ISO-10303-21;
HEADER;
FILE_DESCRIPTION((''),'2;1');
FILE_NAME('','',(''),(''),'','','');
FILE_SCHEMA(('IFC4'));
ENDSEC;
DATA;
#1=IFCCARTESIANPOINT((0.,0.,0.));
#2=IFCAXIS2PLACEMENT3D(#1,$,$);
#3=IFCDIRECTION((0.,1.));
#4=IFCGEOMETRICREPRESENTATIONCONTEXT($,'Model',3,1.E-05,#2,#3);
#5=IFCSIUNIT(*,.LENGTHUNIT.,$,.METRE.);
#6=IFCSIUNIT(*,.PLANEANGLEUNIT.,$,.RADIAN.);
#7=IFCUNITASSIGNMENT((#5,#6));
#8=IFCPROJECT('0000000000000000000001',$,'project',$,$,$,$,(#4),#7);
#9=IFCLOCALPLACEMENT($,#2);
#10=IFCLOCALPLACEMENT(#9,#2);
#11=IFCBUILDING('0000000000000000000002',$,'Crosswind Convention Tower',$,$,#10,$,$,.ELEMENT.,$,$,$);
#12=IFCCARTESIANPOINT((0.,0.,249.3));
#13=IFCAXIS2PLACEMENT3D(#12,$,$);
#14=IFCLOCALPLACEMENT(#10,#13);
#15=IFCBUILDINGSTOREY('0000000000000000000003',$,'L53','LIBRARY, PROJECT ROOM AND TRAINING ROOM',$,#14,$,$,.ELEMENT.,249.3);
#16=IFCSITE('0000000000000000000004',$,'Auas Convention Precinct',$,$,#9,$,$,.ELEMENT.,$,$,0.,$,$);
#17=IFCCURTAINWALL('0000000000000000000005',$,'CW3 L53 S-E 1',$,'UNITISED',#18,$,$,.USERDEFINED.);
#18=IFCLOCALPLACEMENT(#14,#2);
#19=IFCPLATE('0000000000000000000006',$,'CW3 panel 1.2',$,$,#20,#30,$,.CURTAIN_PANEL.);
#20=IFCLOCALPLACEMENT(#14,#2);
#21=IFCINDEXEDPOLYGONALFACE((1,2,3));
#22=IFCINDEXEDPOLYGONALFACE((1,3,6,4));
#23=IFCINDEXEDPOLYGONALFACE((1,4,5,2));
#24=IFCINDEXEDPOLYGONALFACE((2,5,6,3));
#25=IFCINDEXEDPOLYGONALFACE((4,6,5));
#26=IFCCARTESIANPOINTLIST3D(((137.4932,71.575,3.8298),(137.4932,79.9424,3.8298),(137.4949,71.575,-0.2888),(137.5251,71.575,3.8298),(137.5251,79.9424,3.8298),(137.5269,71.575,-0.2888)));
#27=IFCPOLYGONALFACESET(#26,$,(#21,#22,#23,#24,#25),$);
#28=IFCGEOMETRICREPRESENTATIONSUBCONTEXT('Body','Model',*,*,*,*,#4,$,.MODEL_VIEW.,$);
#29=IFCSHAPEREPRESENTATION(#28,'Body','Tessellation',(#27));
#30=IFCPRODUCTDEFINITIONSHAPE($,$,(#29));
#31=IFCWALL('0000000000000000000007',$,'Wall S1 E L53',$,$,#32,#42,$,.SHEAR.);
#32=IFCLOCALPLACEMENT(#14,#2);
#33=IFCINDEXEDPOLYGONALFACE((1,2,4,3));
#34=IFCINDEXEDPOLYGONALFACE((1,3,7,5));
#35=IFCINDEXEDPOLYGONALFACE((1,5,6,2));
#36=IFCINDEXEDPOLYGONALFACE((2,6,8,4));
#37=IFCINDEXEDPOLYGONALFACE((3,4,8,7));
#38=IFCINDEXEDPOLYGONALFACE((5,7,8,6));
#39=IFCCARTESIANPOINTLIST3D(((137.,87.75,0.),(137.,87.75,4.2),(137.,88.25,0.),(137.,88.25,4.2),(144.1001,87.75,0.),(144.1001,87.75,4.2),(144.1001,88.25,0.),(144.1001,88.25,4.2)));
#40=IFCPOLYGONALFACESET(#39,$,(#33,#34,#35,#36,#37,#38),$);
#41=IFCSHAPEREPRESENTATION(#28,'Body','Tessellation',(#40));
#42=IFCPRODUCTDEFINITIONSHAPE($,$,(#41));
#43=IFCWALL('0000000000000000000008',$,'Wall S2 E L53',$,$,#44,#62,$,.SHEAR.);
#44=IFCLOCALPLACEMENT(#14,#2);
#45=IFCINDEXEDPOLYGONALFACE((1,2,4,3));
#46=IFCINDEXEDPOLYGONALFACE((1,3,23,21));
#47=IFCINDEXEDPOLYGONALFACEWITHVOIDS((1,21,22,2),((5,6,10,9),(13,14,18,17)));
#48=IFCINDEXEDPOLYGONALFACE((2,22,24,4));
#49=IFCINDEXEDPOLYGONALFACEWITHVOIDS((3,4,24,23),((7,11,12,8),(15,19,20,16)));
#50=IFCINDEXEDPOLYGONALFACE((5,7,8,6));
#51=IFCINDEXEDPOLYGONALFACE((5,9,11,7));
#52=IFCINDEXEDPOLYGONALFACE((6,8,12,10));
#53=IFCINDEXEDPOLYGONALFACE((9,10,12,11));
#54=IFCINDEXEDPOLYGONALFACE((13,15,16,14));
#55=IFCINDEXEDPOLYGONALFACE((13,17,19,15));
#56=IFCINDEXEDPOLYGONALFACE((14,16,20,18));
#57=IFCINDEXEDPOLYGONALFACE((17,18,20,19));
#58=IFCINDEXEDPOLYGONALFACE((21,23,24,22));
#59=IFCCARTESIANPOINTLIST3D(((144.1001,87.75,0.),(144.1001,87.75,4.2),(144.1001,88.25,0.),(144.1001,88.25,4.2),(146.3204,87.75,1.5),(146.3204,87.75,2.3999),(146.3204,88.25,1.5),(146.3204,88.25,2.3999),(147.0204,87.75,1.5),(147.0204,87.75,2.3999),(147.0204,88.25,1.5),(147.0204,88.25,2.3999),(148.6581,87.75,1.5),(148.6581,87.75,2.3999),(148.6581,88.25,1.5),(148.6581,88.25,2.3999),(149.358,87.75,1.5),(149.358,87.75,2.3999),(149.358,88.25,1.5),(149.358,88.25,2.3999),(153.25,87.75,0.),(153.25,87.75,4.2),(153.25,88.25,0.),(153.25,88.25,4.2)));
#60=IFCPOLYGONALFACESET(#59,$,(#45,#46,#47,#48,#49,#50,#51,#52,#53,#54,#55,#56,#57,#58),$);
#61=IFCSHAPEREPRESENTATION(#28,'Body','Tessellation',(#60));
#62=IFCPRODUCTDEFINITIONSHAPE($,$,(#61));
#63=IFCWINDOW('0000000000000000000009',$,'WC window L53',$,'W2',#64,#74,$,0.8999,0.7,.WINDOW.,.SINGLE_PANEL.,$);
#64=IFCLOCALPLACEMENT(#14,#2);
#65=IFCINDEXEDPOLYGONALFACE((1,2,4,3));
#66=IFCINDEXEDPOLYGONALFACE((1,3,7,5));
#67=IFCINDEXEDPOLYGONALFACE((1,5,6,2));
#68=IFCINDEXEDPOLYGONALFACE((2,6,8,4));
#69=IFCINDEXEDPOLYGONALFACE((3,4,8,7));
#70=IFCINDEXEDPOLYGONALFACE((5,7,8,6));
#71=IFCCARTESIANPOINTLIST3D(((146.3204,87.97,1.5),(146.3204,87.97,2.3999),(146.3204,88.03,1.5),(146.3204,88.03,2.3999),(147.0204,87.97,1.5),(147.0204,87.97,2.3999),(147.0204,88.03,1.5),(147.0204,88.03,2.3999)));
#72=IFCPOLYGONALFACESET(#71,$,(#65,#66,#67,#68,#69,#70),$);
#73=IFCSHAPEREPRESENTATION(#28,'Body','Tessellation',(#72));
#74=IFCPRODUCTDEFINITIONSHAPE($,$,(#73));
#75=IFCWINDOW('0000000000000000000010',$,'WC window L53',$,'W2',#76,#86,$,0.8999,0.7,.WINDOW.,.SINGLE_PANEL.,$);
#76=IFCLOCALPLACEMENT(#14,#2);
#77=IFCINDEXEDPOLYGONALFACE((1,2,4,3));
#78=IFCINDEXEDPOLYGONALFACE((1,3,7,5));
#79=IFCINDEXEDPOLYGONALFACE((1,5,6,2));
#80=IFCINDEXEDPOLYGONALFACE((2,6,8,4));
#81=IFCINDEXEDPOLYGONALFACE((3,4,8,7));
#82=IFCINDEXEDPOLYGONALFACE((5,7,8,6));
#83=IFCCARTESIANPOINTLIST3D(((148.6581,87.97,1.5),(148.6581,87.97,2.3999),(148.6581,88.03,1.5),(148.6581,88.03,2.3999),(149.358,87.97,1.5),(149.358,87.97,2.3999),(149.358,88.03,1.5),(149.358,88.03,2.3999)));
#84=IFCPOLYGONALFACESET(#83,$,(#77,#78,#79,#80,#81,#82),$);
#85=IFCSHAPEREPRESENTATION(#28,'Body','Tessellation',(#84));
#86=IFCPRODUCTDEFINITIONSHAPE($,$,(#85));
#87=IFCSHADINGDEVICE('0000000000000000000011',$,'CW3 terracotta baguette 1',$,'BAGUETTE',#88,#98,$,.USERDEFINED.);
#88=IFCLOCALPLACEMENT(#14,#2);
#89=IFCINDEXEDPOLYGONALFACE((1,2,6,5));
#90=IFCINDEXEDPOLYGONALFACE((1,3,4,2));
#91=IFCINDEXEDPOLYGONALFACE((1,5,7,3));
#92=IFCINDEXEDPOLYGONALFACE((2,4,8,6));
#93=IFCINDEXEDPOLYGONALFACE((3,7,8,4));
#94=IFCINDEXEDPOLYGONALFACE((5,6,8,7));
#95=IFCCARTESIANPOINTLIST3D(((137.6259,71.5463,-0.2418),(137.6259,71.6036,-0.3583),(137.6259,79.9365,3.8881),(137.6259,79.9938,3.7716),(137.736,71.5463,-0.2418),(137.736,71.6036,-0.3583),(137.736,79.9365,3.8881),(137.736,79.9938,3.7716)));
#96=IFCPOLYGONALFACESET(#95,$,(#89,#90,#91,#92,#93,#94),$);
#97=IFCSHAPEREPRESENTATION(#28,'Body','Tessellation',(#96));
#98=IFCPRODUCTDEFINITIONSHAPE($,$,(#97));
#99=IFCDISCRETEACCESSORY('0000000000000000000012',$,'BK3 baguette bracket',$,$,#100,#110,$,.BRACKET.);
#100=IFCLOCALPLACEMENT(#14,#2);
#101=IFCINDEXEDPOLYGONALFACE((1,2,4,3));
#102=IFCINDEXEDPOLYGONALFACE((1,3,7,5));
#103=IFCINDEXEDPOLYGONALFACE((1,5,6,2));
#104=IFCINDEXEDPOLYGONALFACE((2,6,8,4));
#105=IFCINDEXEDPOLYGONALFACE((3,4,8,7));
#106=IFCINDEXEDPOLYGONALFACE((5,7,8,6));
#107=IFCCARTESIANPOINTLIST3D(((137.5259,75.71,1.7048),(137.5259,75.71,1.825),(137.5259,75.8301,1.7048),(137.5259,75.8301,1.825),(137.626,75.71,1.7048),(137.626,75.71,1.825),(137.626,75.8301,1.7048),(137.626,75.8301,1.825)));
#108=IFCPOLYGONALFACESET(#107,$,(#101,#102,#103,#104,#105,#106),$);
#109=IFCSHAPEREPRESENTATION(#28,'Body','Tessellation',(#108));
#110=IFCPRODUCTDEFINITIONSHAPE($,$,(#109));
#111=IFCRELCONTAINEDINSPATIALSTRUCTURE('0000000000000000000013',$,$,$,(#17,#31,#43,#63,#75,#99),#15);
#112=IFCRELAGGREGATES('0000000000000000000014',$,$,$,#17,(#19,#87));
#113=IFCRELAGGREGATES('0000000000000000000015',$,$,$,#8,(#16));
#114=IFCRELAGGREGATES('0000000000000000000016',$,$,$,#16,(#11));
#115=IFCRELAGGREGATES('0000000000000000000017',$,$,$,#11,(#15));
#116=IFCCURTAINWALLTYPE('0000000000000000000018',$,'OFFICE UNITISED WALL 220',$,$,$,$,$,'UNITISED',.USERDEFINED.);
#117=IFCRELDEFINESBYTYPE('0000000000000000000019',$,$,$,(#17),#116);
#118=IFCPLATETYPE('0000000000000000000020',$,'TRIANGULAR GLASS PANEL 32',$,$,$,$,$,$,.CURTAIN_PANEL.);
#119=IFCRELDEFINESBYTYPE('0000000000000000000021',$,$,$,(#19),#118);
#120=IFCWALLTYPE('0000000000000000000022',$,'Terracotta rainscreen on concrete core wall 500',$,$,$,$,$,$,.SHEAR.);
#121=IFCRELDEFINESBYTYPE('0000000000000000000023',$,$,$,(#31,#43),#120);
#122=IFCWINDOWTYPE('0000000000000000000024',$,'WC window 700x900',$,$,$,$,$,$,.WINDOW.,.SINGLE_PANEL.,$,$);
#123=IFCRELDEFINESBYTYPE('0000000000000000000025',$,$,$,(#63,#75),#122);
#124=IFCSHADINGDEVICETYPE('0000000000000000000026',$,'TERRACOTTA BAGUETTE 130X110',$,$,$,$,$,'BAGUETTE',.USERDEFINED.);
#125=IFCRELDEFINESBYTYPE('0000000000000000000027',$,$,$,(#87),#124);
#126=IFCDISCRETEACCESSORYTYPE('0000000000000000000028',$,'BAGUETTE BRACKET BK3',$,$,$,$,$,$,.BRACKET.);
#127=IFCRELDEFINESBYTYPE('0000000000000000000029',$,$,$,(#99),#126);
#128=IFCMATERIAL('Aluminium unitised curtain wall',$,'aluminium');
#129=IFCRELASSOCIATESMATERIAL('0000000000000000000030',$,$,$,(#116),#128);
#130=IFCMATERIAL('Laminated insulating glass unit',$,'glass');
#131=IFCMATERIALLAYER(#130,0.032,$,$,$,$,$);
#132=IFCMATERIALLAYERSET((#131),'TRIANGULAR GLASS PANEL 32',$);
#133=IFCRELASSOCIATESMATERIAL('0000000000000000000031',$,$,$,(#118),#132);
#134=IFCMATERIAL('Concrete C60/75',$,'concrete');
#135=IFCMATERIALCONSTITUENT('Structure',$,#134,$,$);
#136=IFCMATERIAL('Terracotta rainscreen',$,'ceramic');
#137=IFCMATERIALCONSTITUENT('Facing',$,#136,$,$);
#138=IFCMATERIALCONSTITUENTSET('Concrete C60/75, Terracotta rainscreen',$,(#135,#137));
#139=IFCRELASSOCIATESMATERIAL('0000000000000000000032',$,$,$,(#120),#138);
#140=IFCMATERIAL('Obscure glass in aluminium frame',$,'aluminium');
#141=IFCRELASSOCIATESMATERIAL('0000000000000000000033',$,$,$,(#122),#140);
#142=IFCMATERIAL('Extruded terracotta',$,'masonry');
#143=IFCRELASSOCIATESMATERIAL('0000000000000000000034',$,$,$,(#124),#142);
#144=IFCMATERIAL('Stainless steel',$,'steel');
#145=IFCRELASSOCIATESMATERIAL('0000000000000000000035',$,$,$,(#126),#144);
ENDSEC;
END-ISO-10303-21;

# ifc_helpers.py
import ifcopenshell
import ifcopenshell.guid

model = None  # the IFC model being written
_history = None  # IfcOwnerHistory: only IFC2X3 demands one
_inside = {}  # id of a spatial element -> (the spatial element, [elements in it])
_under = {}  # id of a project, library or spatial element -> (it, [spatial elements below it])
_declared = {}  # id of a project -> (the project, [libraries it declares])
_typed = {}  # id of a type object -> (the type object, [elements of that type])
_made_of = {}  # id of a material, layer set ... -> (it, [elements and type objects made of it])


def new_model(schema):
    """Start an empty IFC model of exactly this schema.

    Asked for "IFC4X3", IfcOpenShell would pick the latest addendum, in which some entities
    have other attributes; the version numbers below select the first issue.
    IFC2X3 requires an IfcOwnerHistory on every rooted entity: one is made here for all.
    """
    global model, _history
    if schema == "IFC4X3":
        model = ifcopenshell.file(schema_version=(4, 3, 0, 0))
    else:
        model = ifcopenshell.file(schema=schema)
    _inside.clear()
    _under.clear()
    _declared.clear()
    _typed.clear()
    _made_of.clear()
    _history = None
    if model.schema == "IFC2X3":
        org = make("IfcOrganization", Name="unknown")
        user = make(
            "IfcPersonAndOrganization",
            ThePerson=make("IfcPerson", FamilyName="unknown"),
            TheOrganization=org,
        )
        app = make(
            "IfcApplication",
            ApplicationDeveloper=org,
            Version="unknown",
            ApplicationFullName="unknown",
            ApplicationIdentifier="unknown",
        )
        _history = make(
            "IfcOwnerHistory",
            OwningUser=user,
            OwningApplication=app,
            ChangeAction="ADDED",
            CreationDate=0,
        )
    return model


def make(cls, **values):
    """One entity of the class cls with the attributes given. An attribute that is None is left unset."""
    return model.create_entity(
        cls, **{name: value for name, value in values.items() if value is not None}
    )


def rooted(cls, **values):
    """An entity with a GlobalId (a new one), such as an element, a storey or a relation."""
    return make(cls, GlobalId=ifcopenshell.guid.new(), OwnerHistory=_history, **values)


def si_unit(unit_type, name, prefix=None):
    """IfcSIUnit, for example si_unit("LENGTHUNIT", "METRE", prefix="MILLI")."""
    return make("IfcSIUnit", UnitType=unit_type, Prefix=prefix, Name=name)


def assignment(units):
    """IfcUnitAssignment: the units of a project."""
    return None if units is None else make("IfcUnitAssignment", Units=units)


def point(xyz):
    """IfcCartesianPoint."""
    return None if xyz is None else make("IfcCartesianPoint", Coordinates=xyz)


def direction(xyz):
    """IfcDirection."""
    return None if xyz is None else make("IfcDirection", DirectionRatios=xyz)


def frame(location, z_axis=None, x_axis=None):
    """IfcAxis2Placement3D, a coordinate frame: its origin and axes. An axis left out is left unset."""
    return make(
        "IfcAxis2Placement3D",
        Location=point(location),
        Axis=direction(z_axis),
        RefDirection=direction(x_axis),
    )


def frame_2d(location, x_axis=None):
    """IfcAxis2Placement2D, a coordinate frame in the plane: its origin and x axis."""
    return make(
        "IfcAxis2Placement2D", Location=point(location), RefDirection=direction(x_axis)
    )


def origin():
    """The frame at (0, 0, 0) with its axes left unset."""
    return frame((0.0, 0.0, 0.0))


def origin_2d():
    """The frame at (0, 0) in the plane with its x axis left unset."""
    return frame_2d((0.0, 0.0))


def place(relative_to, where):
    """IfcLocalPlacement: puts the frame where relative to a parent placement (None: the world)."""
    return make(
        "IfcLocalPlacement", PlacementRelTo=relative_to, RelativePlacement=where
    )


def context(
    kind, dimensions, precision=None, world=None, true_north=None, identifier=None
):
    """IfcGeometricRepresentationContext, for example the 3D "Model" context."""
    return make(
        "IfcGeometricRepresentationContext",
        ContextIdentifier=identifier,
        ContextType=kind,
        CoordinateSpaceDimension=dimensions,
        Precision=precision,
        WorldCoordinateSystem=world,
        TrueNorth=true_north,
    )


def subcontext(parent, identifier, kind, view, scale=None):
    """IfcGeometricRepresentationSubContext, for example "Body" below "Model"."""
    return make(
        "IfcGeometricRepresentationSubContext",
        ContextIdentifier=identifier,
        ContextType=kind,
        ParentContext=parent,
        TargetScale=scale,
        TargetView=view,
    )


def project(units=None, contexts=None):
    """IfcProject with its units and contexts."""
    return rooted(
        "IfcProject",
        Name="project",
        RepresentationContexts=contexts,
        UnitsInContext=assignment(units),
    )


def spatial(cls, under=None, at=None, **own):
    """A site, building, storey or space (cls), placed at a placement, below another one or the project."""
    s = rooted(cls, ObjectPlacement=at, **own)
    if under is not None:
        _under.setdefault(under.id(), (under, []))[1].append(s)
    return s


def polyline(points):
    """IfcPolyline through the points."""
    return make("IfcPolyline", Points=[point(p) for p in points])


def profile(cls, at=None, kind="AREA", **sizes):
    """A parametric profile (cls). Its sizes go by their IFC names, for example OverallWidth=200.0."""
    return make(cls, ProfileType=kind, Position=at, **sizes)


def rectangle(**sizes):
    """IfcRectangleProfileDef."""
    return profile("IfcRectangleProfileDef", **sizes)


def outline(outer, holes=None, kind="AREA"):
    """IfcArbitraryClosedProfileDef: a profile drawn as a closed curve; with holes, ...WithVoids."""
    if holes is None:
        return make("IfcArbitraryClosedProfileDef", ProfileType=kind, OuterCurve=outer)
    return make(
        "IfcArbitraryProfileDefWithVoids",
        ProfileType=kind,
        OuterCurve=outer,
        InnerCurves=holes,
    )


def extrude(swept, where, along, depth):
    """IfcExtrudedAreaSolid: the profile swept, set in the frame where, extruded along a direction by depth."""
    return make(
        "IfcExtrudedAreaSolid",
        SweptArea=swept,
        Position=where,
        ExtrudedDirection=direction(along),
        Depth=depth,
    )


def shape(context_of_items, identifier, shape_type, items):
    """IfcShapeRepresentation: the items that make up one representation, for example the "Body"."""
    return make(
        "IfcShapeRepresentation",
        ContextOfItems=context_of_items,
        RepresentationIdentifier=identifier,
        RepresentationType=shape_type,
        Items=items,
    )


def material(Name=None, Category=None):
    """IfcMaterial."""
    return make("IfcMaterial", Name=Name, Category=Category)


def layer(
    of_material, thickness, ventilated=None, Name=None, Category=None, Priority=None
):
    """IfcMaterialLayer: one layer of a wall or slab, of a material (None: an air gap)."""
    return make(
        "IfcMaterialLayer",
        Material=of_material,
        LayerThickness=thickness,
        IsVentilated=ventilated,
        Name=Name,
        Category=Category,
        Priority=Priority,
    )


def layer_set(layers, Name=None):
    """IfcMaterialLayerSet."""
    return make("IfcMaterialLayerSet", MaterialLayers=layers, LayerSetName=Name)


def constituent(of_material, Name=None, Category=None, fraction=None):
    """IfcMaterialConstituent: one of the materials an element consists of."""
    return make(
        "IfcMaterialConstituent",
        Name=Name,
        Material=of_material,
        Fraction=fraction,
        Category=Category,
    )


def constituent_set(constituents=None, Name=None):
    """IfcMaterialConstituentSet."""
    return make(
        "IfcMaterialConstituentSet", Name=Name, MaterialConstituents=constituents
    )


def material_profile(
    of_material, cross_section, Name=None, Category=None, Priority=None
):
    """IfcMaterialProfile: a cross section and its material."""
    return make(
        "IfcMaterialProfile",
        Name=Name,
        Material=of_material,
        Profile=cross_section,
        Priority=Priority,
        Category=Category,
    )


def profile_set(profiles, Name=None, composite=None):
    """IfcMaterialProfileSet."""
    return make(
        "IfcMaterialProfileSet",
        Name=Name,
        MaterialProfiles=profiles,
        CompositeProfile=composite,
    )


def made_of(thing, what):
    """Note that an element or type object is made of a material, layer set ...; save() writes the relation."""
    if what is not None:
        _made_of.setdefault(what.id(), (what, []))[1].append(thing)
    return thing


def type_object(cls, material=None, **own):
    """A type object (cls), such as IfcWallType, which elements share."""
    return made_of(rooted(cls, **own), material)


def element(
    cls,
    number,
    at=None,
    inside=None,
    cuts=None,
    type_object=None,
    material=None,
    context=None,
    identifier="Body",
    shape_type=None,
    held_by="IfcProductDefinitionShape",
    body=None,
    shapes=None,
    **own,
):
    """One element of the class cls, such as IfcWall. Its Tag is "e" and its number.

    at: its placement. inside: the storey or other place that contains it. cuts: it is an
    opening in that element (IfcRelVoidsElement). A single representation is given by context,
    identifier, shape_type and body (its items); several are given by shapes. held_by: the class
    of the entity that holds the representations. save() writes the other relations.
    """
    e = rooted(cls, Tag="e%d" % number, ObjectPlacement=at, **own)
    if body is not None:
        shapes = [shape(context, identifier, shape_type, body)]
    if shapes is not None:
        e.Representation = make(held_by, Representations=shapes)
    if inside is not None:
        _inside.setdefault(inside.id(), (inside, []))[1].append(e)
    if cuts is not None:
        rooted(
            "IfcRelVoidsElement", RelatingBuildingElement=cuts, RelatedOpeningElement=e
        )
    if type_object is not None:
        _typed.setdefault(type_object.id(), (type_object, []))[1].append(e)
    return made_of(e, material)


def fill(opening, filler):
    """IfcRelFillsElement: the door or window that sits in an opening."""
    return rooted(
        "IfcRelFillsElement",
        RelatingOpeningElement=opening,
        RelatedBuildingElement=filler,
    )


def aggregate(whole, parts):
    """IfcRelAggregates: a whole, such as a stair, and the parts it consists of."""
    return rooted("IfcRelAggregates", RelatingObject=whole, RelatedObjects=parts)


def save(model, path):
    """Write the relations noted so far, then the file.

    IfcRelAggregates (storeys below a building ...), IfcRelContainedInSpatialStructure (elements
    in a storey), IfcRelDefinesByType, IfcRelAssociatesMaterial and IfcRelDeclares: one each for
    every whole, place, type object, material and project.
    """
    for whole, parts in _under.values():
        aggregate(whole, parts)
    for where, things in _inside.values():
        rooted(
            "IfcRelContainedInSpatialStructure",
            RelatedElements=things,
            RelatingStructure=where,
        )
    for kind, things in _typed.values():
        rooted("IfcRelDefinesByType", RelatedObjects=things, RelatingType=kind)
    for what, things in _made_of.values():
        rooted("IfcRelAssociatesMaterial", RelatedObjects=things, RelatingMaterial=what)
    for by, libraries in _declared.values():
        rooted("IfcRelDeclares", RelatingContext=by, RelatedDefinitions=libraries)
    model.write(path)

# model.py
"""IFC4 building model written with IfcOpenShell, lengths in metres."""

from ifc_helpers import new_model, si_unit, direction, frame, frame_2d, origin, origin_2d, place, context, subcontext, project, spatial, polyline, rectangle, outline, extrude, material, layer, layer_set, constituent, constituent_set, material_profile, profile_set, type_object, element, fill, aggregate, save


model = new_model("IFC4")

# Units and contexts
model_context = context("Model", 3, precision=1e-05, world=origin(), true_north=direction((0.0, 1.0)))
body_context = subcontext(model_context, "Body", "Model", "MODEL_VIEW")
ifc_project = project(units=[si_unit("LENGTHUNIT", "METRE"), si_unit("PLANEANGLEUNIT", "RADIAN")], contexts=[model_context])

# Site, building, storey
site_placement = place(None, origin())
site = spatial("IfcSite", under=ifc_project, at=site_placement, Name="Auas Convention Precinct", CompositionType="ELEMENT", RefElevation=0.0)
building_placement = place(site_placement, origin())
building = spatial("IfcBuilding", under=site, at=building_placement, Name="Crosswind Convention Tower", CompositionType="ELEMENT")
storey_placement = place(building_placement, frame((0.0, 0.0, 249.3)))
storey = spatial("IfcBuildingStorey", under=building, at=storey_placement, Name="L53", Description="LIBRARY, PROJECT ROOM AND TRAINING ROOM", CompositionType="ELEMENT", Elevation=249.3)

# Shared definitions
ifc_material_1 = material(Name="Concrete C60/75", Category="concrete")

# Shared definitions
ifc_material_2 = material(Name="Aluminium unitised curtain wall", Category="aluminium")

# Curtain wall
curtain_wall_type_1 = type_object("IfcCurtainWallType", Name="OFFICE UNITISED WALL 220", ElementType="UNITISED", PredefinedType="USERDEFINED", material=ifc_material_2)
curtain_wall_1_placement = place(storey_placement, origin())
curtain_wall_1 = element("IfcCurtainWall", 1, at=curtain_wall_1_placement, inside=storey, type_object=curtain_wall_type_1, Name="CW3 L53 S-E 1", ObjectType="UNITISED", PredefinedType="USERDEFINED")

# Plate
ifc_material_3 = material(Name="Laminated insulating glass unit", Category="glass")
ifc_layer_1 = layer(ifc_material_3, 0.032)
ifc_layer_set_1 = layer_set([ifc_layer_1], Name="TRIANGULAR GLASS PANEL 32")
plate_type_1 = type_object("IfcPlateType", Name="TRIANGULAR GLASS PANEL 32", PredefinedType="CURTAIN_PANEL", material=ifc_layer_set_1)
plate_1_placement = place(storey_placement, frame((137.5251, 71.575, 3.8298), z_axis=(1.0, 0.0, 0.000415), x_axis=(0.000415, 0.0, -1.0)))
plate_1 = element("IfcPlate", 2, at=plate_1_placement, type_object=plate_type_1, Name="CW3 panel 1.2", PredefinedType="CURTAIN_PANEL", context=body_context, shape_type="SweptSolid", body=[
    extrude(outline(polyline([(0.0, 0.0), (4.1187, 0.0), (0.0, 8.3674), (0.0, 0.0)])), origin(), (0.0, 0.0, -1.0), 0.032),
])

# Wall
ifc_constituent_1 = constituent(ifc_material_1, Name="Structure")
ifc_material_4 = material(Name="Terracotta rainscreen", Category="ceramic")
ifc_constituent_2 = constituent(ifc_material_4, Name="Facing")
ifc_constituent_set = constituent_set(constituents=[ifc_constituent_1, ifc_constituent_2], Name="Concrete C60/75, Terracotta rainscreen")
wall_type = type_object("IfcWallType", Name="Terracotta rainscreen on concrete core wall 500", PredefinedType="SHEAR", material=ifc_constituent_set)
wall_1_placement = place(storey_placement, frame((137.0, 88.0, 0.0), z_axis=(0.0, 0.0, 1.0), x_axis=(1.0, 0.0, 0.0)))
element("IfcWall", 3, at=wall_1_placement, inside=storey, type_object=wall_type, Name="Wall S1 E L53", PredefinedType="SHEAR", context=body_context, shape_type="SweptSolid", body=[
    extrude(rectangle(XDim=7.1001, YDim=0.5, at=frame_2d((3.55, 0.0))), origin(), (0.0, 0.0, 1.0), 4.2),
])

# Wall, openings, windows
wall_2_placement = place(storey_placement, frame((144.1001, 88.0, 0.0), z_axis=(0.0, 0.0, 1.0), x_axis=(1.0, 0.0, 0.0)))
wall_2 = element("IfcWall", 4, at=wall_2_placement, inside=storey, type_object=wall_type, Name="Wall S2 E L53", PredefinedType="SHEAR", context=body_context, shape_type="SweptSolid", body=[
    extrude(rectangle(XDim=9.1499, YDim=0.5, at=frame_2d((4.575, 0.0))), origin(), (0.0, 0.0, 1.0), 4.2),
])
opening_1_placement = place(wall_2_placement, frame((2.2202, 0.0, 1.5)))
opening_1 = element("IfcOpeningElement", 5, at=opening_1_placement, cuts=wall_2, PredefinedType="OPENING", context=body_context, shape_type="SweptSolid", body=[
    extrude(rectangle(XDim=0.7, YDim=0.8999, at=frame_2d((0.3501, 0.45))), frame((0.0, 0.26, 0.0), z_axis=(0.0, -1.0, 0.0), x_axis=(1.0, 0.0, 0.0)), (0.0, 0.0, 1.0), 0.52),
])
opening_2_placement = place(wall_2_placement, frame((4.5579, 0.0, 1.5)))
opening_2 = element("IfcOpeningElement", 6, at=opening_2_placement, cuts=wall_2, PredefinedType="OPENING", context=body_context, shape_type="SweptSolid", body=[
    extrude(rectangle(XDim=0.7, YDim=0.8999, at=frame_2d((0.3501, 0.45))), frame((0.0, 0.26, 0.0), z_axis=(0.0, -1.0, 0.0), x_axis=(1.0, 0.0, 0.0)), (0.0, 0.0, 1.0), 0.52),
])
ifc_material_5 = material(Name="Obscure glass in aluminium frame", Category="aluminium")
window_type = type_object("IfcWindowType", Name="WC window 700x900", PartitioningType="SINGLE_PANEL", PredefinedType="WINDOW", material=ifc_material_5)
window_1_placement = place(opening_1_placement, origin())
window_1 = element("IfcWindow", 7, at=window_1_placement, inside=storey, type_object=window_type, Name="WC window L53", ObjectType="W2", OverallHeight=0.8999, OverallWidth=0.7, PartitioningType="SINGLE_PANEL", PredefinedType="WINDOW", context=body_context, shape_type="SweptSolid", body=[
    extrude(rectangle(XDim=0.7, YDim=0.8999, at=frame_2d((0.3501, 0.45))), frame((0.0, 0.03, 0.0), z_axis=(0.0, -1.0, 0.0), x_axis=(1.0, 0.0, 0.0)), (0.0, 0.0, 1.0), 0.0601),
])
fill(opening_1, window_1)
window_2_placement = place(opening_2_placement, origin())
window_2 = element("IfcWindow", 8, at=window_2_placement, inside=storey, type_object=window_type, Name="WC window L53", ObjectType="W2", OverallHeight=0.8999, OverallWidth=0.7, PartitioningType="SINGLE_PANEL", PredefinedType="WINDOW", context=body_context, shape_type="SweptSolid", body=[
    extrude(rectangle(XDim=0.7, YDim=0.8999, at=frame_2d((0.3501, 0.45))), frame((0.0, 0.03, 0.0), z_axis=(0.0, -1.0, 0.0), x_axis=(1.0, 0.0, 0.0)), (0.0, 0.0, 1.0), 0.0601),
])
fill(opening_2, window_2)

# Shading device
ifc_material_6 = material(Name="Extruded terracotta", Category="masonry")
ifc_material_profile_1 = material_profile(ifc_material_6, rectangle(XDim=0.1101, YDim=0.1299, at=origin_2d()), Name="TC 110X130")
ifc_profile_set_1 = profile_set([ifc_material_profile_1], Name="Extruded terracotta")
shading_device_type = type_object("IfcShadingDeviceType", Name="TERRACOTTA BAGUETTE 130X110", ElementType="BAGUETTE", PredefinedType="USERDEFINED", material=ifc_profile_set_1)
shading_device_placement = place(storey_placement, frame((137.6809, 71.575, -0.3), z_axis=(0.0, 0.897198, 0.441628), x_axis=(-1.0, 0.0, 0.0)))
shading_device = element("IfcShadingDevice", 9, at=shading_device_placement, type_object=shading_device_type, Name="CW3 terracotta baguette 1", ObjectType="BAGUETTE", PredefinedType="USERDEFINED", context=body_context, shape_type="SweptSolid", body=[
    extrude(rectangle(XDim=0.1101, YDim=0.1299, at=origin_2d()), origin(), (0.0, 0.0, 1.0), 9.3516),
])
aggregate(curtain_wall_1, [plate_1, shading_device])

# Discrete accessory
ifc_material_7 = material(Name="Stainless steel", Category="steel")
discrete_accessory_type = type_object("IfcDiscreteAccessoryType", Name="BAGUETTE BRACKET BK3", PredefinedType="BRACKET", material=ifc_material_7)
discrete_accessory_placement = place(storey_placement, frame((137.5759, 75.77, 1.7048), z_axis=(0.0, 0.0, 1.0), x_axis=(0.0, 1.0, 0.0)))
element("IfcDiscreteAccessory", 10, at=discrete_accessory_placement, inside=storey, type_object=discrete_accessory_type, Name="BK3 baguette bracket", PredefinedType="BRACKET", context=body_context, shape_type="SweptSolid", body=[
    extrude(rectangle(XDim=0.1201, YDim=0.1001, at=origin_2d()), origin(), (0.0, 0.0, 1.0), 0.1201),
])

save(model, "model.ifc")
